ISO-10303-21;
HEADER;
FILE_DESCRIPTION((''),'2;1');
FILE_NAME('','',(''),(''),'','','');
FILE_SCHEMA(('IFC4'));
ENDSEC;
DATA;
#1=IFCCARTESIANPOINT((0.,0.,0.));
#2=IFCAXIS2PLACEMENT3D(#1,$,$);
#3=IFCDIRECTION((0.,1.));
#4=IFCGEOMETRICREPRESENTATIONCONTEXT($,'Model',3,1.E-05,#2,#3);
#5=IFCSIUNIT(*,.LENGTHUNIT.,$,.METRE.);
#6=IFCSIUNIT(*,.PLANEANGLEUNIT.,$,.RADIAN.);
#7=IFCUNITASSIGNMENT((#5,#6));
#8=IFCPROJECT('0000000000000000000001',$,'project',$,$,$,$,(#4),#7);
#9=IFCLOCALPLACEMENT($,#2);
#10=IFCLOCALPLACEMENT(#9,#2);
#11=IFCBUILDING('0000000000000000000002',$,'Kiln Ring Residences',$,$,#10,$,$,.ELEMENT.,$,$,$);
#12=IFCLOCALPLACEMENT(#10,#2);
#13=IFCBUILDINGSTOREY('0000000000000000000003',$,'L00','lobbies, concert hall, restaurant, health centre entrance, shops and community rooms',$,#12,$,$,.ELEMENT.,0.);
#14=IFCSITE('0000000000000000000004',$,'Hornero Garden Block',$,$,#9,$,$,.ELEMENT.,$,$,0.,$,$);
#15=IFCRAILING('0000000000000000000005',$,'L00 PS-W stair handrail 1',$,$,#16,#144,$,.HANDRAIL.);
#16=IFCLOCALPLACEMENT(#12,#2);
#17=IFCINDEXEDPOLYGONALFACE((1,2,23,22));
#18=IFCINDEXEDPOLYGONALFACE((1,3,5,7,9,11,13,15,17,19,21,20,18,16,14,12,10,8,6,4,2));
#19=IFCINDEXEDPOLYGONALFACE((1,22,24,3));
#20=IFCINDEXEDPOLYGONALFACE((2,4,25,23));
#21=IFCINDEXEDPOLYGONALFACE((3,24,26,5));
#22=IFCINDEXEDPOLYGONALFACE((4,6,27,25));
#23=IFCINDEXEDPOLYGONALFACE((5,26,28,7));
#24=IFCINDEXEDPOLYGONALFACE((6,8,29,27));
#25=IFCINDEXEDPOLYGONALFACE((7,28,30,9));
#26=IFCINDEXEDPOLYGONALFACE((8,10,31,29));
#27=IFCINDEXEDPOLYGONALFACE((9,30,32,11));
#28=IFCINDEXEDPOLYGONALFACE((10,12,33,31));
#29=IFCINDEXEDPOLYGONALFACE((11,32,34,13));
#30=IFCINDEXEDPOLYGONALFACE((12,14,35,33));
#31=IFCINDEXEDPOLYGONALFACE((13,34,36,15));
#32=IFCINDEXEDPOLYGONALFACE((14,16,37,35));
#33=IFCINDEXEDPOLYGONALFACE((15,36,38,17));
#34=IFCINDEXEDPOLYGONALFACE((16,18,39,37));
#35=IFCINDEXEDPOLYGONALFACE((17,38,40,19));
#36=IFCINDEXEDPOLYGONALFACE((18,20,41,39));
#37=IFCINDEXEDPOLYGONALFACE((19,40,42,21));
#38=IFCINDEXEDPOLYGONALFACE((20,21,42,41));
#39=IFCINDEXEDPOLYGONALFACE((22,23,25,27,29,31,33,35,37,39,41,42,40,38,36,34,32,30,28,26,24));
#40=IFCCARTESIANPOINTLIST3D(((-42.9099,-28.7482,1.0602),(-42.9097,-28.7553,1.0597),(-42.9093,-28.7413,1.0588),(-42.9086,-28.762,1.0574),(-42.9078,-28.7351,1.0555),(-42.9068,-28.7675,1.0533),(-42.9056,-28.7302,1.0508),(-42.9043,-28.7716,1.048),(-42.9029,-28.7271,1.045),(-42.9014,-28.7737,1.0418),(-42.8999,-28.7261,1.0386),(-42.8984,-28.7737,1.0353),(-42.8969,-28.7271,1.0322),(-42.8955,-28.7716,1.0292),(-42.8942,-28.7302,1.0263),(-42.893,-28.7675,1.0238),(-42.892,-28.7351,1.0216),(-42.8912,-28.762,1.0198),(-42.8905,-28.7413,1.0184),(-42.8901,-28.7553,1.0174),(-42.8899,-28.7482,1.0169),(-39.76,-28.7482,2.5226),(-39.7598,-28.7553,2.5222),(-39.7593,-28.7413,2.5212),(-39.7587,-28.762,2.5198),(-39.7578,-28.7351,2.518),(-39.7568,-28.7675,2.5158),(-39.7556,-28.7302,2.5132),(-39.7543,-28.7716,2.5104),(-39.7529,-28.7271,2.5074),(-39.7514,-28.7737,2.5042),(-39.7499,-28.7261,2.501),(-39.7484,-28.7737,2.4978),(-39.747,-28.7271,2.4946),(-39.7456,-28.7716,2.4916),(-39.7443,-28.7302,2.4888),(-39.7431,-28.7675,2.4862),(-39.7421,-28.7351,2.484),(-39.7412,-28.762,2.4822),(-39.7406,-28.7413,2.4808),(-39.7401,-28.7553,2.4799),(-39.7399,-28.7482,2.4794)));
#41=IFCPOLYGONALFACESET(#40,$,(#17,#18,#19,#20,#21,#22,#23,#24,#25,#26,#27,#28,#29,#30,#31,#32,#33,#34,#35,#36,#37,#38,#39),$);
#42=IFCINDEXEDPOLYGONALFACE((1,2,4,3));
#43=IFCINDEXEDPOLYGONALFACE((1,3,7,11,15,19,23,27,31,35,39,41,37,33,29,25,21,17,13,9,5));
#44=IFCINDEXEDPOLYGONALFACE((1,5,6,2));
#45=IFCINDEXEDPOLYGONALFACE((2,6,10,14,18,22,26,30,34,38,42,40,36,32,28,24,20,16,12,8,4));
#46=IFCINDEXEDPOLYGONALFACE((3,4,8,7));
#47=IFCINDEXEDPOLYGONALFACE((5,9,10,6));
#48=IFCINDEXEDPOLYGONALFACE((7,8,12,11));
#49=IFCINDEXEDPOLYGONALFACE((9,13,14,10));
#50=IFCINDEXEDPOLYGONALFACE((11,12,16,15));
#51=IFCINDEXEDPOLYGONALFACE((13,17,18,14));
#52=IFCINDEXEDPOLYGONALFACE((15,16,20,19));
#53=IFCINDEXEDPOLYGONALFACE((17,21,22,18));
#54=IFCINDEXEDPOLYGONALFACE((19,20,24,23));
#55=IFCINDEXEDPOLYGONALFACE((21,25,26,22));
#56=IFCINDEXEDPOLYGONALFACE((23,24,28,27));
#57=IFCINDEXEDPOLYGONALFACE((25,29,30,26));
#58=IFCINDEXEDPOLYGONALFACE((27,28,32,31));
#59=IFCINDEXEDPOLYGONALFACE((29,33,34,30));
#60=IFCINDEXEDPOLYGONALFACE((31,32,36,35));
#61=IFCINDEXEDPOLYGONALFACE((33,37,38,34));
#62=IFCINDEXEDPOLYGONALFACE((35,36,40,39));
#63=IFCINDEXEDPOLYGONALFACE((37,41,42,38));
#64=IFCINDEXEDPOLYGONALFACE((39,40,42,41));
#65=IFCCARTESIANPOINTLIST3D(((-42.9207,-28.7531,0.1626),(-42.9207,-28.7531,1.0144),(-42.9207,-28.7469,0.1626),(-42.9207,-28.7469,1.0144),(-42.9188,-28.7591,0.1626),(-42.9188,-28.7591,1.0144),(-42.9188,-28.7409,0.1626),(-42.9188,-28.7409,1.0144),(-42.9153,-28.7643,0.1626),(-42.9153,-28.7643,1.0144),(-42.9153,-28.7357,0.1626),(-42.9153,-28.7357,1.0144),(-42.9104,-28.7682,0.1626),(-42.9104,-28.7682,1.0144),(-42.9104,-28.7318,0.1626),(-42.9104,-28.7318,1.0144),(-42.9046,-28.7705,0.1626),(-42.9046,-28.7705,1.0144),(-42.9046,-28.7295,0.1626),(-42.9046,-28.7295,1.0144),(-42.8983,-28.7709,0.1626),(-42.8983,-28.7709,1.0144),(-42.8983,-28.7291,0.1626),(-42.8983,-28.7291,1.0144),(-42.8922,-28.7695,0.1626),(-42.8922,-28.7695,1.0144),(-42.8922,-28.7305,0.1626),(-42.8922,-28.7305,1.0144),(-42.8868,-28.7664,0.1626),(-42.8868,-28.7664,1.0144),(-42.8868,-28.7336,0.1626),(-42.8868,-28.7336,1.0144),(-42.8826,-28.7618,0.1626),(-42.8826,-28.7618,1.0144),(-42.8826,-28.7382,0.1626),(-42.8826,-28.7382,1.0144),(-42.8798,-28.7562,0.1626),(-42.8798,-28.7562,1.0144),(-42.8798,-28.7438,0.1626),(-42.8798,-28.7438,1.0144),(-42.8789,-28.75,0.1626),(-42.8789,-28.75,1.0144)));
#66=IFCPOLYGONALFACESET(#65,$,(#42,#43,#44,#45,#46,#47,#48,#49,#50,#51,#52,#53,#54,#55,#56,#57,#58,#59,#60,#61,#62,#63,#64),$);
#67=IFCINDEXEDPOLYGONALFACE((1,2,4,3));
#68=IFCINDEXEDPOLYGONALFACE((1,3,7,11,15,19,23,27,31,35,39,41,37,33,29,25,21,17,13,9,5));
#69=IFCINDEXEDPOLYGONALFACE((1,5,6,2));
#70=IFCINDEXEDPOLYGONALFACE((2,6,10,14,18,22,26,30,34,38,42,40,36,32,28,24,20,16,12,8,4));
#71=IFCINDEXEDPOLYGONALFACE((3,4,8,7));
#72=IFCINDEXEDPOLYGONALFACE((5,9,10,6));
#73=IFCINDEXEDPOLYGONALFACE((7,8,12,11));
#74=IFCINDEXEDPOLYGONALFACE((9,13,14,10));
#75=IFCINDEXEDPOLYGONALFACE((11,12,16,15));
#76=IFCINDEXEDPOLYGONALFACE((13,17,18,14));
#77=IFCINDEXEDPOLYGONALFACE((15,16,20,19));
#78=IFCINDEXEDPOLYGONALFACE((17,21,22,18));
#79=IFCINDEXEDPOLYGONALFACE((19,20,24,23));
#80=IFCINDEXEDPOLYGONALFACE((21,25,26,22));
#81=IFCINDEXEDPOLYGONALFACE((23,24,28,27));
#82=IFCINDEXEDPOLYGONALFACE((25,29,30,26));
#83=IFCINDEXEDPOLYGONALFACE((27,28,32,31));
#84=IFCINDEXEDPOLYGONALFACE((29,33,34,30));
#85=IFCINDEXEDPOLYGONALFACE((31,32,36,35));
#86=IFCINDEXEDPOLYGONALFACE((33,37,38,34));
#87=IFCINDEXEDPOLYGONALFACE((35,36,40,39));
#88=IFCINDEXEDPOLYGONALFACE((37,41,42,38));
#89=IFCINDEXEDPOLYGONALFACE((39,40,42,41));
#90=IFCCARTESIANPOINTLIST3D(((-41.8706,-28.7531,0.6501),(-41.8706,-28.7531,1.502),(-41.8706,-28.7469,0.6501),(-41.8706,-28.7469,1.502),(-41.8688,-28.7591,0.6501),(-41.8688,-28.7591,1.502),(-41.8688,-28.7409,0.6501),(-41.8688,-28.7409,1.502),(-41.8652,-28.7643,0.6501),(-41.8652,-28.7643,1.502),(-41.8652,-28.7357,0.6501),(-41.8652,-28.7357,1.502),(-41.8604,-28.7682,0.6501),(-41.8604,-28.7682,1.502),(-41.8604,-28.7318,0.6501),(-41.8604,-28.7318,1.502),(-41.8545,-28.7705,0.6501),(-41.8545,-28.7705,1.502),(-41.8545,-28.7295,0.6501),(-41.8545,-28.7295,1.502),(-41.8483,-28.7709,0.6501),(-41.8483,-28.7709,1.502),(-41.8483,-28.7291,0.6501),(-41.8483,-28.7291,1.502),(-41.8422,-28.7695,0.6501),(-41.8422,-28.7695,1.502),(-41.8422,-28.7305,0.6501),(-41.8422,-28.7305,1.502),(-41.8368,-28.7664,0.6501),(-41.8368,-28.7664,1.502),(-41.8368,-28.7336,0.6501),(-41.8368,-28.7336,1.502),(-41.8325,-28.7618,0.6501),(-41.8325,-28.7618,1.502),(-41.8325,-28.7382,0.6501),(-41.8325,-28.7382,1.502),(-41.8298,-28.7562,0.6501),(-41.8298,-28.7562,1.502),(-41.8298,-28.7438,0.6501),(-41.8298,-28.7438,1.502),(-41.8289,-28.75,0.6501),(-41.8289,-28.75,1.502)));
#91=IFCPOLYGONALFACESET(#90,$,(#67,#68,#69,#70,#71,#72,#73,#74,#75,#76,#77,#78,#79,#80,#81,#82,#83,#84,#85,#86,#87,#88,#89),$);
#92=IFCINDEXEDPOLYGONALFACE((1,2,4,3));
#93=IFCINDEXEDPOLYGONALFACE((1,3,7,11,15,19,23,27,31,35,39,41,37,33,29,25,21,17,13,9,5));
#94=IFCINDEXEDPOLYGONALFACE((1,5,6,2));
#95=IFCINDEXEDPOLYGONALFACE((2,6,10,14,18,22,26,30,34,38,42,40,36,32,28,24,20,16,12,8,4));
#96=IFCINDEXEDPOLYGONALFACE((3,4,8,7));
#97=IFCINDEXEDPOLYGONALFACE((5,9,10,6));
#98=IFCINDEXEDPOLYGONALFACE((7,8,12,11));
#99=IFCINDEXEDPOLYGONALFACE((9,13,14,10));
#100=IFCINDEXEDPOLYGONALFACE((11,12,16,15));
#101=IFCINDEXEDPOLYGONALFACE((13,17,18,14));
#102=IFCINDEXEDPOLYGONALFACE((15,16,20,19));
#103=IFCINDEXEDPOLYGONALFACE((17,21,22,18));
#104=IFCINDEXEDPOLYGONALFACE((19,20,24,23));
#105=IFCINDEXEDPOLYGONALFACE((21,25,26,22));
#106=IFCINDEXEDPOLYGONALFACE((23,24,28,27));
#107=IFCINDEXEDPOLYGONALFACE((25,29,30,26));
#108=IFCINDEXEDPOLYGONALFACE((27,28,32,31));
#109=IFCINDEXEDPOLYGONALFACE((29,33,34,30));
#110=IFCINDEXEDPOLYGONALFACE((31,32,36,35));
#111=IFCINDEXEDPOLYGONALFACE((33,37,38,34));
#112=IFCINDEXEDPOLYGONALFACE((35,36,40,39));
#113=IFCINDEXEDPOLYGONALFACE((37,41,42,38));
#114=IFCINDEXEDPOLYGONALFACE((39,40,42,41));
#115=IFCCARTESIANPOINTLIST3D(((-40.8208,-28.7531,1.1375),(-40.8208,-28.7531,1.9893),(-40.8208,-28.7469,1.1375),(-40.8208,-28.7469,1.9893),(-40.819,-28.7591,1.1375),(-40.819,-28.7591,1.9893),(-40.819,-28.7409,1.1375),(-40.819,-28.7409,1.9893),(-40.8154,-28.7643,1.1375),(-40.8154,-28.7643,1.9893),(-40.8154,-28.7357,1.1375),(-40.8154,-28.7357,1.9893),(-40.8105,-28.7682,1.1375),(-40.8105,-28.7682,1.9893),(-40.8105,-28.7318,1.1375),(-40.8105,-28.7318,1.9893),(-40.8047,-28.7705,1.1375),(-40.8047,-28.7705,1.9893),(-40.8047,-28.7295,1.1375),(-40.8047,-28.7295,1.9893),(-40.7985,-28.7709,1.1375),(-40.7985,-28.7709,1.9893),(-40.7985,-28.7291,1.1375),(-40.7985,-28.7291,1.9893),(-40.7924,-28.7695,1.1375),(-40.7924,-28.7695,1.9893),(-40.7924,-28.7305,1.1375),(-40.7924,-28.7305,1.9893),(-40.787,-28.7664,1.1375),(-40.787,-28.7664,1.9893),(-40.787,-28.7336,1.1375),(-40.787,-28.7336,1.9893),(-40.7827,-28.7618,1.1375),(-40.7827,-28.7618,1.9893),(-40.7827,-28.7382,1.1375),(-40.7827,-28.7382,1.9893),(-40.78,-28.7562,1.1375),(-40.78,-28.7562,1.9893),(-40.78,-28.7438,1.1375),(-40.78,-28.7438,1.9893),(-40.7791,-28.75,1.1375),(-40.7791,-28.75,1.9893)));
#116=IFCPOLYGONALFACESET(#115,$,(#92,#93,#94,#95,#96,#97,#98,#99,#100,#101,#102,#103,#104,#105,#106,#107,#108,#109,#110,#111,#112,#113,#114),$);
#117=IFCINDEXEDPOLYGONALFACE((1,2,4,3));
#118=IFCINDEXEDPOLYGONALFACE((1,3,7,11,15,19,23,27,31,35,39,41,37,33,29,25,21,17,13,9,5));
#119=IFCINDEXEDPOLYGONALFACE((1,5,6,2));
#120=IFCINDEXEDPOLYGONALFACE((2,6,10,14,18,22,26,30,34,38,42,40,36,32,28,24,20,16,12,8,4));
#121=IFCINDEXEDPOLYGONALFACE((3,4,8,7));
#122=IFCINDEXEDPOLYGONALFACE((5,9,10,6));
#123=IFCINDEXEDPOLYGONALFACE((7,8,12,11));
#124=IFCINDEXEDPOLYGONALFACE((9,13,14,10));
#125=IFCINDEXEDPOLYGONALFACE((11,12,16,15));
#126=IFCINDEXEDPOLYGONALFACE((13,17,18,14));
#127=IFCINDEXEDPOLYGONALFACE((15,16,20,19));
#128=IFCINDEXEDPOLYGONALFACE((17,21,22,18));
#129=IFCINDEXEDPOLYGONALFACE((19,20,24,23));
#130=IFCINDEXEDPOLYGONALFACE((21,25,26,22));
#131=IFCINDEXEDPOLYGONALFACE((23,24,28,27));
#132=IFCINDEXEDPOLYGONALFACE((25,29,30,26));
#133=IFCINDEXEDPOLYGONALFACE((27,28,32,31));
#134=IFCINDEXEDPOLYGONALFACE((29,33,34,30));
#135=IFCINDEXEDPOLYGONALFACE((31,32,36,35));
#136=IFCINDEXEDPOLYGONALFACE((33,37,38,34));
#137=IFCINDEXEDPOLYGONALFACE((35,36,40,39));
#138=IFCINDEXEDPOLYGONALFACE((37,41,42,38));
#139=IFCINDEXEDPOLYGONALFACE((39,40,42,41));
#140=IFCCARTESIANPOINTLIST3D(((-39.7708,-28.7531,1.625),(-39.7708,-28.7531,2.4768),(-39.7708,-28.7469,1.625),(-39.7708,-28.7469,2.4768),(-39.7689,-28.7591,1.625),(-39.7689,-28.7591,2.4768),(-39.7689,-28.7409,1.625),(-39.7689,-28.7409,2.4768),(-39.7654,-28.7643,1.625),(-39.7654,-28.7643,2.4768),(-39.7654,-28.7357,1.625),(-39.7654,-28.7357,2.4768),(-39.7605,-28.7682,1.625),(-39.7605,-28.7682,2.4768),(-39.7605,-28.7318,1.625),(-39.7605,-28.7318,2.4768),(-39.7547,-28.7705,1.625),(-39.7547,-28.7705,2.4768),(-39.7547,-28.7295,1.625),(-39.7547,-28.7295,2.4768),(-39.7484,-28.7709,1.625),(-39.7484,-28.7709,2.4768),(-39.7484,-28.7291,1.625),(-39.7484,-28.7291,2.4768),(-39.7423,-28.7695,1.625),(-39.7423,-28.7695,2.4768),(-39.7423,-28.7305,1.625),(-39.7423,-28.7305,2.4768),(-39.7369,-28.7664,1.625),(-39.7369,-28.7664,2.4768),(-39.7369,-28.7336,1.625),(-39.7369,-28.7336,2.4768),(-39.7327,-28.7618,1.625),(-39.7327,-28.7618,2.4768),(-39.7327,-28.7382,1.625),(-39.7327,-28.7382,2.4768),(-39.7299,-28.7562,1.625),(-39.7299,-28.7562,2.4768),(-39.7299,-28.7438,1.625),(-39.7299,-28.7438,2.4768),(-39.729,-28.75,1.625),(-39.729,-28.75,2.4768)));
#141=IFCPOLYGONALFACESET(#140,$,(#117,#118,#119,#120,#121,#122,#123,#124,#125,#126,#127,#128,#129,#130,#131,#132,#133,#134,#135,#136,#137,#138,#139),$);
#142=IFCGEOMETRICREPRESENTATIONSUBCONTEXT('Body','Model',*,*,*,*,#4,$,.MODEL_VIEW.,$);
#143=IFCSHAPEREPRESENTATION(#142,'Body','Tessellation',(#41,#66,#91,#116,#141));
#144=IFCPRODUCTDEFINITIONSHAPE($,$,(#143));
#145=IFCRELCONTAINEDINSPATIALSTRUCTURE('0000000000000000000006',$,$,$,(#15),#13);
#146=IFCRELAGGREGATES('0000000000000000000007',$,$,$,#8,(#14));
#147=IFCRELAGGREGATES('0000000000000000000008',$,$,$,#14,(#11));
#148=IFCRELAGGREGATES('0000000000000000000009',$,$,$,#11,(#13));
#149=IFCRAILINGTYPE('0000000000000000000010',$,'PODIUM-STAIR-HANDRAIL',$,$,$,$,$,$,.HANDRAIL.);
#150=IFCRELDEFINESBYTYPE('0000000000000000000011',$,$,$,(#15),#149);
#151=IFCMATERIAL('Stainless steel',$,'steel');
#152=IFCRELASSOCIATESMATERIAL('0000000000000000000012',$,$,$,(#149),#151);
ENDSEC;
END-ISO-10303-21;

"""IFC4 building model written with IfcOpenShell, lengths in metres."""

from ifc_helpers import new_model, si_unit, direction, frame, origin, origin_2d, place, context, subcontext, project, spatial, circle, extrude, material, type_object, element, save


model = new_model("IFC4")

# Units and contexts
model_context = context("Model", 3, precision=1e-05, world=origin(), true_north=direction((0.0, 1.0)))
body_context = subcontext(model_context, "Body", "Model", "MODEL_VIEW")
ifc_project = project(units=[si_unit("LENGTHUNIT", "METRE"), si_unit("PLANEANGLEUNIT", "RADIAN")], contexts=[model_context])

# Site, building, storey
site_placement = place(None, origin())
site = spatial("IfcSite", under=ifc_project, at=site_placement, Name="Hornero Garden Block", CompositionType="ELEMENT", RefElevation=0.0)
building_placement = place(site_placement, origin())
building = spatial("IfcBuilding", under=site, at=building_placement, Name="Kiln Ring Residences", CompositionType="ELEMENT")
storey_placement = place(building_placement, origin())
storey = spatial("IfcBuildingStorey", under=building, at=storey_placement, Name="L00", Description="lobbies, concert hall, restaurant, health centre entrance, shops and community rooms", CompositionType="ELEMENT", Elevation=0.0)

# Railing
ifc_material_1 = material(Name="Stainless steel", Category="steel")
railing_type_1 = type_object("IfcRailingType", Name="PODIUM-STAIR-HANDRAIL", PredefinedType="HANDRAIL", material=ifc_material_1)
for number, where, name in (
    (1, (-42.8999, -28.75, 0.1626), "L00 PS-W stair handrail 1"),
):
    element("IfcRailing", number, at=place(storey_placement, frame(where)), inside=storey, type_object=railing_type_1, Name=name, PredefinedType="HANDRAIL", context=body_context, shape_type="SweptSolid", body=[
        extrude(circle(Radius=0.0239, at=origin_2d()), frame((0.0, 0.0, 0.876), z_axis=(0.907015, 0.0, 0.421099), x_axis=(0.0, 1.0, 0.0)), (0.0, 0.0, 1.0), 3.4729),
        extrude(circle(Radius=0.021, at=origin_2d()), origin(), (0.0, 0.0, 1.0), 0.8518),
        extrude(circle(Radius=0.021, at=origin_2d()), frame((1.05, 0.0, 0.4875)), (0.0, 0.0, 1.0), 0.8518),
        extrude(circle(Radius=0.021, at=origin_2d()), frame((2.0999, 0.0, 0.9749)), (0.0, 0.0, 1.0), 0.8518),
        extrude(circle(Radius=0.021, at=origin_2d()), frame((3.1499, 0.0, 1.4624)), (0.0, 0.0, 1.0), 0.8518),
    ])

save(model, "model.ifc")
